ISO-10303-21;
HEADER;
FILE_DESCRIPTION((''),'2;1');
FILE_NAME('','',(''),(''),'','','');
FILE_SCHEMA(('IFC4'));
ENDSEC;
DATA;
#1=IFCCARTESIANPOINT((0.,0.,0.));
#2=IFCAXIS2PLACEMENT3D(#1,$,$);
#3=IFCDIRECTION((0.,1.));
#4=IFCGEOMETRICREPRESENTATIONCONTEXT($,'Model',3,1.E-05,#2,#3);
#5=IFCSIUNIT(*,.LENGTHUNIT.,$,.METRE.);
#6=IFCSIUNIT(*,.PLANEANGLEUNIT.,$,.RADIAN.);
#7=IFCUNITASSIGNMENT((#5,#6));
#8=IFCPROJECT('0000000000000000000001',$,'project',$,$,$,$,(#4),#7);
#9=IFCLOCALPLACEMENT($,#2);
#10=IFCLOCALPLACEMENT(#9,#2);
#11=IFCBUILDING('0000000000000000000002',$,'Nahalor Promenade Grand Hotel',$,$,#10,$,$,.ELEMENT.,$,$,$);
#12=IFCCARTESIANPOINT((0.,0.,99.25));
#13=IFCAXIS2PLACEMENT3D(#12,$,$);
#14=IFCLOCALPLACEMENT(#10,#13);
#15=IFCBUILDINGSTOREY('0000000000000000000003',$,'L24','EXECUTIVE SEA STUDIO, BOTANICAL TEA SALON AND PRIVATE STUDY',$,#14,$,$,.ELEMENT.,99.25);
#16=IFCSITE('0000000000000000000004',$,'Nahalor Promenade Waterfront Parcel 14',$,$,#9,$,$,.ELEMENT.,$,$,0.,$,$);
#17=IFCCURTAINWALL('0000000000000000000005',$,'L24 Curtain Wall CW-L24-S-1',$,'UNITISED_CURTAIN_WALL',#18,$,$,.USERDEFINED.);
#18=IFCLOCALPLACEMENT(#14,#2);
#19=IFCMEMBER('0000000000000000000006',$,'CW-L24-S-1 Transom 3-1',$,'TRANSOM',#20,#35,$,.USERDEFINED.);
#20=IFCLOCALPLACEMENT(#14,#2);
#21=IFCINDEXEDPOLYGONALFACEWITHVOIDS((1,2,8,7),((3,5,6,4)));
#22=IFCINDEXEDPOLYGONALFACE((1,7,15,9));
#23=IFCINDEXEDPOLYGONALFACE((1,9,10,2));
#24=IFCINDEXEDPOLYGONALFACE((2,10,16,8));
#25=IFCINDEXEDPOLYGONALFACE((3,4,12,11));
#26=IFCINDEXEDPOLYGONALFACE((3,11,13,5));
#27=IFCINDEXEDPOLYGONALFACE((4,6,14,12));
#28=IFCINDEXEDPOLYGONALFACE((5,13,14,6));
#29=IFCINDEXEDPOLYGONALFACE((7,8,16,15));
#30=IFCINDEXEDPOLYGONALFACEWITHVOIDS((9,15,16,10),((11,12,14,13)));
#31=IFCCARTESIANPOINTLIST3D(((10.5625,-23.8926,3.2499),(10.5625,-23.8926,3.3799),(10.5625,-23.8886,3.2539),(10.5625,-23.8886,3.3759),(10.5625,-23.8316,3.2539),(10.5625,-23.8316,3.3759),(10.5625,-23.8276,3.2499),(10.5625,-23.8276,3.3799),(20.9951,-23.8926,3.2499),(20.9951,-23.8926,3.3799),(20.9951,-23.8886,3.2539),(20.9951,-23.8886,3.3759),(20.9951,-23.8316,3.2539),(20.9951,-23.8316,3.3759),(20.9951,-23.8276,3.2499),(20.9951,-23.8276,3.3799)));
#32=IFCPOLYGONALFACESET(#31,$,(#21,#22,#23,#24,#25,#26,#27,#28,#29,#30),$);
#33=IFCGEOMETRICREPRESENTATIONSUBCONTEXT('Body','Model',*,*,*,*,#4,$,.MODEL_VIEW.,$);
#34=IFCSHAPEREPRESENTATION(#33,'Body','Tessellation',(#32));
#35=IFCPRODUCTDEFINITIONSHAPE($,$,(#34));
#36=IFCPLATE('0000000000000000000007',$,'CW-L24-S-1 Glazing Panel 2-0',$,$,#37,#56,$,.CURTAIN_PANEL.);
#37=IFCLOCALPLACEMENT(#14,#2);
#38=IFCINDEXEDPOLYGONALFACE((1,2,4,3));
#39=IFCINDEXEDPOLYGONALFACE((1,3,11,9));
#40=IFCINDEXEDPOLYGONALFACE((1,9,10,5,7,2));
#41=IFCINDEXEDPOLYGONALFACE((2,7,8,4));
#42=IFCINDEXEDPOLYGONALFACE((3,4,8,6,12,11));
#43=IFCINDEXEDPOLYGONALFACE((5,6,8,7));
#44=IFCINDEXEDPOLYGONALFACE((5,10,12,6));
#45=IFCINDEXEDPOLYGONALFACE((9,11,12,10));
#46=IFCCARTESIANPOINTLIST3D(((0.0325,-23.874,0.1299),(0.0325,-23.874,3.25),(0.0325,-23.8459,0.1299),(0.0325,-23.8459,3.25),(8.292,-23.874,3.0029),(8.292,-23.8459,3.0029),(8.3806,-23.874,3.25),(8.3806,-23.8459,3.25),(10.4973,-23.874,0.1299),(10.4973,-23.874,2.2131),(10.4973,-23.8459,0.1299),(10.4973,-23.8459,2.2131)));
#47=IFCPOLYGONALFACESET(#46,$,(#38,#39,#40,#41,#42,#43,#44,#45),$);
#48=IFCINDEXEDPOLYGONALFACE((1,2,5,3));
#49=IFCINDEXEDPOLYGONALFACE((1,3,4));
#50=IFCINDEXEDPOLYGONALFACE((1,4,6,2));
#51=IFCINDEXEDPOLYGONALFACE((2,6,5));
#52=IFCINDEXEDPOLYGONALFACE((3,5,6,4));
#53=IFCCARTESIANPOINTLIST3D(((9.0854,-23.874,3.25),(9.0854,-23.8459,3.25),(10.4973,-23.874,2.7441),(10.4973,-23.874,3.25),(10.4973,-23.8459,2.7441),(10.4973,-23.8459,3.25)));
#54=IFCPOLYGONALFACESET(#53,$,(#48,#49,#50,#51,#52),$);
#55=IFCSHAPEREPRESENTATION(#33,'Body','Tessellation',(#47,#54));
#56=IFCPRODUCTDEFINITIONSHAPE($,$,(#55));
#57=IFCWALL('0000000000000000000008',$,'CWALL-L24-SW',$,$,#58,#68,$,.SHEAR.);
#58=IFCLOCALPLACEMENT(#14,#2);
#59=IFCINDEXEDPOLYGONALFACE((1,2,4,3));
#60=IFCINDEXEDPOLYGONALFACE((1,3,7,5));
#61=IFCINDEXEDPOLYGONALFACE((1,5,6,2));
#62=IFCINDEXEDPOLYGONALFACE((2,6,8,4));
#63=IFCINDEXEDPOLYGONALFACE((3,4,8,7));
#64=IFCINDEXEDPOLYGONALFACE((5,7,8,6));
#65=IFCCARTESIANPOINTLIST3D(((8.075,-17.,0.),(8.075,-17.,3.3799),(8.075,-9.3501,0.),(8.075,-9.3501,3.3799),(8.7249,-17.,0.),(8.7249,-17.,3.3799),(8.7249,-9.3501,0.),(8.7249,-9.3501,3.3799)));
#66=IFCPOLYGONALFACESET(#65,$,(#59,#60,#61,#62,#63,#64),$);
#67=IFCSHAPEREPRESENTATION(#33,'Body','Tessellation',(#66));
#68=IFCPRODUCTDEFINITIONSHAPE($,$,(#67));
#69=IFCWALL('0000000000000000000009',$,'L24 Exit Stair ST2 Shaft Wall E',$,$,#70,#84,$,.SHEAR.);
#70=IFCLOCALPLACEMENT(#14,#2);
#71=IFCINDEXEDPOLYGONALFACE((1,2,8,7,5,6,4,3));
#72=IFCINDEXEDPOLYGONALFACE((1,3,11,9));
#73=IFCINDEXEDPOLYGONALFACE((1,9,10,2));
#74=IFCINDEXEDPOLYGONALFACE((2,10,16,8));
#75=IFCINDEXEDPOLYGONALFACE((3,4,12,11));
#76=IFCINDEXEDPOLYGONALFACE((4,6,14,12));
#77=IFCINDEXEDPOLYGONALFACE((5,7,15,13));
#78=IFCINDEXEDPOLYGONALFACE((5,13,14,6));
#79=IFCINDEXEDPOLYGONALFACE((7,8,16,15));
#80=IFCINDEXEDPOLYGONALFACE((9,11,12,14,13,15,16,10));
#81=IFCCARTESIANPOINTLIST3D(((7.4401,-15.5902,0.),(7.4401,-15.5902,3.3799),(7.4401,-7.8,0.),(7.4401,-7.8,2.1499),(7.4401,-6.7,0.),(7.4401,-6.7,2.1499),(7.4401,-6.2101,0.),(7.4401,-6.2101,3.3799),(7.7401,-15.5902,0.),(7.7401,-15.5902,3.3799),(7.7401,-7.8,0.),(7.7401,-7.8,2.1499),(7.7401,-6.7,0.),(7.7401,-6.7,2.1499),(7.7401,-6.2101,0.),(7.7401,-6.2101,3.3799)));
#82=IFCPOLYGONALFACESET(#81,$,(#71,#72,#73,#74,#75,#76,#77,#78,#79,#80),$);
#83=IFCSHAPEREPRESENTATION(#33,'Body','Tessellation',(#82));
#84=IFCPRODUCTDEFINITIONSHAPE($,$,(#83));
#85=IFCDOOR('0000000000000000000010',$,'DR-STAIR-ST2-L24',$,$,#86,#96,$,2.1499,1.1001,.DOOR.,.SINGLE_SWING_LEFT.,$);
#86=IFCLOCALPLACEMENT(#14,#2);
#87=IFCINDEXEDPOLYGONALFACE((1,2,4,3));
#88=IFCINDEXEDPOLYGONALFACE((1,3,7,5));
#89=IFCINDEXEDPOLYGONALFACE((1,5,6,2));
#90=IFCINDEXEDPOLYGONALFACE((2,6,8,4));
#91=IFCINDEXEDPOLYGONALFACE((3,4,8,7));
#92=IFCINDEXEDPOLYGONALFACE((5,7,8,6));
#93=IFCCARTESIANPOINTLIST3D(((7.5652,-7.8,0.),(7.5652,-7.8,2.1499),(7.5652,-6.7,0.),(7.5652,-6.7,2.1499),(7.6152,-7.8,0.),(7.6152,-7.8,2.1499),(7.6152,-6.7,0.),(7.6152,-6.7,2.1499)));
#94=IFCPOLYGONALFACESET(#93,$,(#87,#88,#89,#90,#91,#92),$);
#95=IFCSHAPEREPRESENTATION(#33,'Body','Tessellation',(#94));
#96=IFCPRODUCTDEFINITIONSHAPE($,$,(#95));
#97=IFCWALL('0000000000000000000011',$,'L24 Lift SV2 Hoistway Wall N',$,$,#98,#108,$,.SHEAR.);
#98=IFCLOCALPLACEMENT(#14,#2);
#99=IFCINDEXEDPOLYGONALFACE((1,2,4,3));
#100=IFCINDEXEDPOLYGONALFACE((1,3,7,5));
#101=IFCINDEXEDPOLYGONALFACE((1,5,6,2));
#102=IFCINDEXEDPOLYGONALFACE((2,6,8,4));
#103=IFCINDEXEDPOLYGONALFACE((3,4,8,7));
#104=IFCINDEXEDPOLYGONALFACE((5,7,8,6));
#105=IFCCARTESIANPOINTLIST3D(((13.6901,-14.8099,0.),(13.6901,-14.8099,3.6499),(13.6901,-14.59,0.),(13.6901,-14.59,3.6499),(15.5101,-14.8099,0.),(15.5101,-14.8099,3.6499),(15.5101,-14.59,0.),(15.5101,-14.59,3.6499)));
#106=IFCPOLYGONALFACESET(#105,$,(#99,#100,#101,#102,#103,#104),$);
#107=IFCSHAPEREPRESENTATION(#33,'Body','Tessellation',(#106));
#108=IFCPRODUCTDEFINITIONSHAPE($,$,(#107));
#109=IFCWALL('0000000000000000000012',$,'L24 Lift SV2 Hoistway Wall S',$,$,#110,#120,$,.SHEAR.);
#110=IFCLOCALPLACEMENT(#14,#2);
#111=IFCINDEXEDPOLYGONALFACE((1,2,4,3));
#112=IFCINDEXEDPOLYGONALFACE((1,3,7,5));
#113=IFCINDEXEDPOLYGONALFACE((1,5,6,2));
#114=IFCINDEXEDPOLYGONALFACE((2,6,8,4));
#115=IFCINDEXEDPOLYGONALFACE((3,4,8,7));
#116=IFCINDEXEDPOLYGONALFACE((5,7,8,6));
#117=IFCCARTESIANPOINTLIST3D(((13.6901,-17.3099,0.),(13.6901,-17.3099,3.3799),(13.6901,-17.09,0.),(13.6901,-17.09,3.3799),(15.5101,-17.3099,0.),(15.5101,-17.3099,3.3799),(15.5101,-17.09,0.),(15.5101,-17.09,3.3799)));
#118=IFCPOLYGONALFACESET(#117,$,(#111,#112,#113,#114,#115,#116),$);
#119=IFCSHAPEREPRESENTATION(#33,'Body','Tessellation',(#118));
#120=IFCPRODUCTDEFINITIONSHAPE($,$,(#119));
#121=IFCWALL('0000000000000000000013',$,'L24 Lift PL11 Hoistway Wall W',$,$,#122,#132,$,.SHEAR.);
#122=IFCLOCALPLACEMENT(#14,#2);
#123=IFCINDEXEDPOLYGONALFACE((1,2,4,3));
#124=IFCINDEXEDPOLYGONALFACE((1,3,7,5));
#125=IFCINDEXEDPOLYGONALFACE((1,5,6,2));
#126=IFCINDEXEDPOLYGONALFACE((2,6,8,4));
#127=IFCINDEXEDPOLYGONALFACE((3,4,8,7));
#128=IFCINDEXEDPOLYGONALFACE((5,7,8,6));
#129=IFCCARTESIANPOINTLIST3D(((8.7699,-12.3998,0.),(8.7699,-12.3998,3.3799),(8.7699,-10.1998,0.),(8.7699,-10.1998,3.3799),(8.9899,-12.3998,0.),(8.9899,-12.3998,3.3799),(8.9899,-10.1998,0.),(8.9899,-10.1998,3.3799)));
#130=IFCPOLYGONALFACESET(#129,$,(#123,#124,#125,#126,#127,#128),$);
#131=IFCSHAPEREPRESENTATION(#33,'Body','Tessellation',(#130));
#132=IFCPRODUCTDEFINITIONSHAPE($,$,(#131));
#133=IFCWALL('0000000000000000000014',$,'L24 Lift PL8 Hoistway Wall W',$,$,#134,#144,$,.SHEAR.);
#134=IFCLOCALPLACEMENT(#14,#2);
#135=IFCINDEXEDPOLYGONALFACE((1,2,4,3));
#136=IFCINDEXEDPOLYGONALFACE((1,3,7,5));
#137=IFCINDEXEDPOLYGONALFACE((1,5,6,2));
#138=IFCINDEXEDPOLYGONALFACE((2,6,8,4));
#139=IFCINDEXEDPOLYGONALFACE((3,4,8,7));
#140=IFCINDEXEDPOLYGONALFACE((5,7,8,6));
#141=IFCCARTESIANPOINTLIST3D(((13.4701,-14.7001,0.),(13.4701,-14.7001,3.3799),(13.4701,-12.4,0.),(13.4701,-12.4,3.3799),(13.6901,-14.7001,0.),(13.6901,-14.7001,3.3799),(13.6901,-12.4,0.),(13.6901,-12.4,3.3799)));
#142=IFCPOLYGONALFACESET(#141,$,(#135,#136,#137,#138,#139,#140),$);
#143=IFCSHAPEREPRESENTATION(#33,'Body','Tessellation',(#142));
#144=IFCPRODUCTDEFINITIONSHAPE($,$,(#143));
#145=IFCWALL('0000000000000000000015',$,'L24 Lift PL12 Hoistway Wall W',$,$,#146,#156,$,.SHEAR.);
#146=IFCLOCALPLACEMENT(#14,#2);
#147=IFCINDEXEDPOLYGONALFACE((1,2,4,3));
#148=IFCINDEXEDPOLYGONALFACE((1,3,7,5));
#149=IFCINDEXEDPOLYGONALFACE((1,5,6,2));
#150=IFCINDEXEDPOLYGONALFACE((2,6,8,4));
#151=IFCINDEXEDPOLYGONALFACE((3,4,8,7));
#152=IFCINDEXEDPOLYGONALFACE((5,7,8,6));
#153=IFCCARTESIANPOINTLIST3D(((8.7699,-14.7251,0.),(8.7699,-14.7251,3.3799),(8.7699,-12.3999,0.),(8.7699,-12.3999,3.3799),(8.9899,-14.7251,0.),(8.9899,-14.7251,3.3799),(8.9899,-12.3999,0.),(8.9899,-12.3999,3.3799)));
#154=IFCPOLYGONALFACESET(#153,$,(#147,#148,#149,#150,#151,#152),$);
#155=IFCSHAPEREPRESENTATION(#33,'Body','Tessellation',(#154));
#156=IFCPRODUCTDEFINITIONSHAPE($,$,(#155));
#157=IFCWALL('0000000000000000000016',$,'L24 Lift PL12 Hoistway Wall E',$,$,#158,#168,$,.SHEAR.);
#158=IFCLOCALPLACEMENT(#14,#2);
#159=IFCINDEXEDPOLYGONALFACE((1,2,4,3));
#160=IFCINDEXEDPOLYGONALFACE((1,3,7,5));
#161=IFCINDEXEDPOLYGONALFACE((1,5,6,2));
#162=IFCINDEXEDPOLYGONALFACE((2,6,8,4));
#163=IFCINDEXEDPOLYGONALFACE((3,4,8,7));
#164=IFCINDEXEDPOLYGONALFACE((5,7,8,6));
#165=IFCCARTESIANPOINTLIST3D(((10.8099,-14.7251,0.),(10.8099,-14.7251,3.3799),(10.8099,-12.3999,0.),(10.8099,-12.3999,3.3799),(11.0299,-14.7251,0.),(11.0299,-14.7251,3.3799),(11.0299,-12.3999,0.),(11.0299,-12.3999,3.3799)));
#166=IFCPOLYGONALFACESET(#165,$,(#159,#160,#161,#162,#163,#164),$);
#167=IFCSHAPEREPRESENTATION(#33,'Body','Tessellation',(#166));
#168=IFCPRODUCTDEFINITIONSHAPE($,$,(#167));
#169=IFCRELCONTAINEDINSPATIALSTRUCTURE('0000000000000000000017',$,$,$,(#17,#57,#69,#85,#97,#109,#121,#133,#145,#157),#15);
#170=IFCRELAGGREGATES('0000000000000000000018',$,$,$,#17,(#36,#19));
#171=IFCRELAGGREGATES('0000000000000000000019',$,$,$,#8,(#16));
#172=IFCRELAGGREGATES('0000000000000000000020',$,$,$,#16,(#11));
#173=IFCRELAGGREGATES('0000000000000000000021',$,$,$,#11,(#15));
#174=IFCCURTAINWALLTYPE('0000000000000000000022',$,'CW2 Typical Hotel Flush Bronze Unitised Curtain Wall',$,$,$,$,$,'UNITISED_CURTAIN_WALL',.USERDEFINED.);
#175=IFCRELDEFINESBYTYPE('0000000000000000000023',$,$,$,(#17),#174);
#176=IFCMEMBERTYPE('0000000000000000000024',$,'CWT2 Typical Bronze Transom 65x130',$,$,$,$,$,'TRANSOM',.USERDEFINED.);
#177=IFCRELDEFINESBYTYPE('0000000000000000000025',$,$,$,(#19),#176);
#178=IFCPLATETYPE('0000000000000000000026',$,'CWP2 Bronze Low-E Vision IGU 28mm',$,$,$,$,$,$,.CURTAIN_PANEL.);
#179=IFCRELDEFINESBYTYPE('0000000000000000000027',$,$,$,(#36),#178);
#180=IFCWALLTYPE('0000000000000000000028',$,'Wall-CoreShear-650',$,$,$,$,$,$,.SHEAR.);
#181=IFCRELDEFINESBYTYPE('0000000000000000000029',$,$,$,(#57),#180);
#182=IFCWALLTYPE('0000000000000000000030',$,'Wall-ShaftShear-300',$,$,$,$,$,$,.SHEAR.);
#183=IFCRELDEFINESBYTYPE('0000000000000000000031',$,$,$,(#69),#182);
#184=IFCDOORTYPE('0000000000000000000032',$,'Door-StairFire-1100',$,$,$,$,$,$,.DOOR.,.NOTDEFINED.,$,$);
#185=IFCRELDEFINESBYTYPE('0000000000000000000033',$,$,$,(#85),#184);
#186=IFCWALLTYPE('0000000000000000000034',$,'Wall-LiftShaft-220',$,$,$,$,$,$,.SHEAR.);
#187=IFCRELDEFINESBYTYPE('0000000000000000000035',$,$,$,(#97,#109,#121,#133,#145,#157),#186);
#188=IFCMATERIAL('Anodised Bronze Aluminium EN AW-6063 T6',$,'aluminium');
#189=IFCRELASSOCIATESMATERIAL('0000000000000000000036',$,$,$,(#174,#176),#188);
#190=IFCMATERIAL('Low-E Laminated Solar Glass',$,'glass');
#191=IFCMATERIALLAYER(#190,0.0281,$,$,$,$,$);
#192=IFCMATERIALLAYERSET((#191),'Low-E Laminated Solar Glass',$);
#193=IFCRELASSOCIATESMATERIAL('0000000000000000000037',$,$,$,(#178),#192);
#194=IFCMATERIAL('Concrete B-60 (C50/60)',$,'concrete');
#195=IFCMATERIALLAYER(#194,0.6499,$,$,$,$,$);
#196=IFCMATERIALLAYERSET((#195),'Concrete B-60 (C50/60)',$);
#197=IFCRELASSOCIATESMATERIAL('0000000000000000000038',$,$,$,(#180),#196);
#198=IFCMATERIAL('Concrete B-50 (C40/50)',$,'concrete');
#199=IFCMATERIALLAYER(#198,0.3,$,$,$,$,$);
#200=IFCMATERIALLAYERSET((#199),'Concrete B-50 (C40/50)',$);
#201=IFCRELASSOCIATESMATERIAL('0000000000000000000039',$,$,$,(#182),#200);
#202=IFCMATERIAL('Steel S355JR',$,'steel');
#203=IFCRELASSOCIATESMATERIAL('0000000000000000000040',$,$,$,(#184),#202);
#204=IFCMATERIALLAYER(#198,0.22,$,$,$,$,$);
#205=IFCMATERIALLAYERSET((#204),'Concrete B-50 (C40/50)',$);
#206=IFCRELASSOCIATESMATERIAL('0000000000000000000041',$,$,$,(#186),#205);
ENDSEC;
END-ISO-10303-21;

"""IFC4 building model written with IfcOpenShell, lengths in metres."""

from ifc_helpers import new_model, si_unit, direction, frame, frame_2d, origin, origin_2d, place, context, subcontext, project, spatial, polyline, rectangle, hollow_rectangle, outline, extrude, source, transform, mapped, material, layer, layer_set, material_profile, profile_set, type_object, element, fill, aggregate, save


model = new_model("IFC4")

# Units and contexts
model_context = context("Model", 3, precision=1e-05, world=origin(), true_north=direction((0.0, 1.0)))
body_context = subcontext(model_context, "Body", "Model", "MODEL_VIEW")
ifc_project = project(units=[si_unit("LENGTHUNIT", "METRE"), si_unit("PLANEANGLEUNIT", "RADIAN")], contexts=[model_context])

# Site, building, storey
site_placement = place(None, origin())
site = spatial("IfcSite", under=ifc_project, at=site_placement, Name="Nahalor Promenade Waterfront Parcel 14", CompositionType="ELEMENT", RefElevation=0.0)
building_placement = place(site_placement, origin())
building = spatial("IfcBuilding", under=site, at=building_placement, Name="Nahalor Promenade Grand Hotel", CompositionType="ELEMENT")
storey_placement = place(building_placement, frame((0.0, 0.0, 99.25)))
storey = spatial("IfcBuildingStorey", under=building, at=storey_placement, Name="L24", Description="EXECUTIVE SEA STUDIO, BOTANICAL TEA SALON AND PRIVATE STUDY", CompositionType="ELEMENT", Elevation=99.25)

# Shared definitions
ifc_material_1 = material(Name="Concrete B-60 (C50/60)", Category="concrete")

# Shared definitions
ifc_material_2 = material(Name="Steel S355JR", Category="steel")

# Curtain wall, member, plate
ifc_material_3 = material(Name="Anodised Bronze Aluminium EN AW-6063 T6", Category="aluminium")
curtain_wall_type = type_object("IfcCurtainWallType", Name="CW2 Typical Hotel Flush Bronze Unitised Curtain Wall", ElementType="UNITISED_CURTAIN_WALL", PredefinedType="USERDEFINED", material=ifc_material_3)
curtain_wall_placement = place(storey_placement, origin())
curtain_wall = element("IfcCurtainWall", 1, at=curtain_wall_placement, inside=storey, type_object=curtain_wall_type, Name="L24 Curtain Wall CW-L24-S-1", ObjectType="UNITISED_CURTAIN_WALL", PredefinedType="USERDEFINED")
ifc_material_profile_1 = material_profile(ifc_material_3, hollow_rectangle(XDim=0.065, YDim=0.13, WallThickness=0.004, at=origin_2d()), Name="CWT 65x130x4")
ifc_profile_set_1 = profile_set([ifc_material_profile_1], Name="Anodised Bronze Aluminium EN AW-6063 T6")
member_type_1 = type_object("IfcMemberType", Name="CWT2 Typical Bronze Transom 65x130", ElementType="TRANSOM", PredefinedType="USERDEFINED", material=ifc_profile_set_1)
shared_shape_1 = source(origin(), body_context, "Body", "SweptSolid", [
    extrude(hollow_rectangle(XDim=0.065, YDim=0.13, WallThickness=0.004, at=origin_2d()), origin(), (0.0, 0.0, 1.0), 10.4326),
])
member_1_placement = place(storey_placement, frame((10.5625, -23.8601, 3.3149), z_axis=(1.0, 0.0, 0.0), x_axis=(0.0, 1.0, 0.0)))
member_1 = element("IfcMember", 2, at=member_1_placement, type_object=member_type_1, Name="CW-L24-S-1 Transom 3-1", ObjectType="TRANSOM", PredefinedType="USERDEFINED", context=body_context, shape_type="MappedRepresentation", body=[
    mapped(shared_shape_1, transform((0.0, 0.0, 0.0), scale=1.0)),
])
ifc_material_4 = material(Name="Low-E Laminated Solar Glass", Category="glass")
ifc_layer_1 = layer(ifc_material_4, 0.0281)
ifc_layer_set_1 = layer_set([ifc_layer_1], Name="Low-E Laminated Solar Glass")
plate_type = type_object("IfcPlateType", Name="CWP2 Bronze Low-E Vision IGU 28mm", PredefinedType="CURTAIN_PANEL", material=ifc_layer_set_1)
plate_placement = place(storey_placement, frame((5.2649, -23.8601, 0.1299), z_axis=(0.0, 0.0, 1.0), x_axis=(1.0, 0.0, 0.0)))
plate = element("IfcPlate", 3, at=plate_placement, type_object=plate_type, Name="CW-L24-S-1 Glazing Panel 2-0", PredefinedType="CURTAIN_PANEL", context=body_context, shape_type="SweptSolid", body=[
    extrude(outline(polyline([(-5.2324, 0.0), (5.2324, 0.0), (5.2324, 2.0833), (3.0271, 2.873), (3.1157, 3.1201), (-5.2324, 3.1201), (-5.2324, 0.0)])), frame((0.0, 0.0142, 0.0), z_axis=(0.0, -1.0, 0.0), x_axis=(1.0, 0.0, 0.0)), (0.0, 0.0, 1.0), 0.0281),
    extrude(outline(polyline([(5.2324, 2.6143), (5.2324, 3.1201), (3.8206, 3.1201), (5.2324, 2.6143)])), frame((0.0, 0.0142, 0.0), z_axis=(0.0, -1.0, 0.0), x_axis=(1.0, 0.0, 0.0)), (0.0, 0.0, 1.0), 0.0281),
])
aggregate(curtain_wall, [plate, member_1])

# Wall
ifc_layer_2 = layer(ifc_material_1, 0.6499)
ifc_layer_set_2 = layer_set([ifc_layer_2], Name="Concrete B-60 (C50/60)")
wall_type_1 = type_object("IfcWallType", Name="Wall-CoreShear-650", PredefinedType="SHEAR", material=ifc_layer_set_2)
shared_shape_2 = source(origin(), body_context, "Body", "SweptSolid", [
    extrude(rectangle(XDim=7.6499, YDim=0.6499, at=frame_2d((3.825, 0.0))), origin(), (0.0, 0.0, 1.0), 3.3799),
])
wall_1_placement = place(storey_placement, frame((8.3999, -17.0, 0.0), z_axis=(0.0, 0.0, 1.0), x_axis=(0.0, 1.0, 0.0)))
element("IfcWall", 4, at=wall_1_placement, inside=storey, type_object=wall_type_1, Name="CWALL-L24-SW", PredefinedType="SHEAR", context=body_context, shape_type="MappedRepresentation", body=[
    mapped(shared_shape_2, transform((0.0, 0.0, 0.0), scale=1.0)),
])

# Wall, opening, door
ifc_material_5 = material(Name="Concrete B-50 (C40/50)", Category="concrete")
ifc_layer_3 = layer(ifc_material_5, 0.3)
ifc_layer_set_3 = layer_set([ifc_layer_3], Name="Concrete B-50 (C40/50)")
wall_type_2 = type_object("IfcWallType", Name="Wall-ShaftShear-300", PredefinedType="SHEAR", material=ifc_layer_set_3)
shared_shape_3 = source(origin(), body_context, "Body", "SweptSolid", [
    extrude(rectangle(XDim=9.3801, YDim=0.3, at=frame_2d((4.6899, 0.0))), origin(), (0.0, 0.0, 1.0), 3.3799),
])
wall_2_placement = place(storey_placement, frame((7.5901, -15.5901, 0.0), z_axis=(0.0, 0.0, 1.0), x_axis=(0.0, 1.0, 0.0)))
wall_2 = element("IfcWall", 5, at=wall_2_placement, inside=storey, type_object=wall_type_2, Name="L24 Exit Stair ST2 Shaft Wall E", PredefinedType="SHEAR", context=body_context, shape_type="MappedRepresentation", body=[
    mapped(shared_shape_3, transform((0.0, 0.0, 0.0), scale=1.0)),
])
opening_1_placement = place(wall_2_placement, frame((7.79, 0.0, 0.0)))
opening_1 = element("IfcOpeningElement", 6, at=opening_1_placement, cuts=wall_2, PredefinedType="OPENING", context=body_context, shape_type="SweptSolid", body=[
    extrude(rectangle(XDim=1.1001, YDim=2.1499, at=frame_2d((0.55, 1.075))), frame((0.0, 0.1599, 0.0), z_axis=(0.0, -1.0, 0.0), x_axis=(1.0, 0.0, 0.0)), (0.0, 0.0, 1.0), 0.3201),
])
door_type_1 = type_object("IfcDoorType", Name="Door-StairFire-1100", OperationType="NOTDEFINED", PredefinedType="DOOR", material=ifc_material_2)
shared_shape_4 = source(origin(), body_context, "Body", "SweptSolid", [
    extrude(rectangle(XDim=1.1001, YDim=2.1499, at=frame_2d((0.55, 1.075))), frame((0.0, 0.0249, 0.0), z_axis=(0.0, -1.0, 0.0), x_axis=(1.0, 0.0, 0.0)), (0.0, 0.0, 1.0), 0.05),
])
door_1_placement = place(opening_1_placement, origin())
door_1 = element("IfcDoor", 7, at=door_1_placement, inside=storey, type_object=door_type_1, Name="DR-STAIR-ST2-L24", OperationType="SINGLE_SWING_LEFT", OverallHeight=2.1499, OverallWidth=1.1001, PredefinedType="DOOR", context=body_context, shape_type="MappedRepresentation", body=[
    mapped(shared_shape_4, transform((0.0, 0.0, 0.0), scale=1.0)),
])
fill(opening_1, door_1)

# Walls
ifc_layer_4 = layer(ifc_material_5, 0.22)
ifc_layer_set_4 = layer_set([ifc_layer_4], Name="Concrete B-50 (C40/50)")
wall_type_3 = type_object("IfcWallType", Name="Wall-LiftShaft-220", PredefinedType="SHEAR", material=ifc_layer_set_4)
shared_shape_5 = source(origin(), body_context, "Body", "SweptSolid", [
    extrude(rectangle(XDim=1.8201, YDim=0.22, at=frame_2d((0.9102, 0.0))), origin(), (0.0, 0.0, 1.0), 3.6499),
])
wall_3_placement = place(storey_placement, frame((13.6899, -14.7, 0.0), z_axis=(0.0, 0.0, 1.0), x_axis=(1.0, 0.0, 0.0)))
element("IfcWall", 8, at=wall_3_placement, inside=storey, type_object=wall_type_3, Name="L24 Lift SV2 Hoistway Wall N", PredefinedType="SHEAR", context=body_context, shape_type="MappedRepresentation", body=[
    mapped(shared_shape_5, transform((0.0, 0.0, 0.0), scale=1.0)),
])
shared_shape_6 = source(origin(), body_context, "Body", "SweptSolid", [
    extrude(rectangle(XDim=1.8201, YDim=0.22, at=frame_2d((0.9102, 0.0))), origin(), (0.0, 0.0, 1.0), 3.3799),
])
wall_4_placement = place(storey_placement, frame((13.6899, -17.2, 0.0), z_axis=(0.0, 0.0, 1.0), x_axis=(1.0, 0.0, 0.0)))
element("IfcWall", 9, at=wall_4_placement, inside=storey, type_object=wall_type_3, Name="L24 Lift SV2 Hoistway Wall S", PredefinedType="SHEAR", context=body_context, shape_type="MappedRepresentation", body=[
    mapped(shared_shape_6, transform((0.0, 0.0, 0.0), scale=1.0)),
])
shared_shape_7 = source(origin(), body_context, "Body", "SweptSolid", [
    extrude(rectangle(XDim=2.2, YDim=0.22, at=frame_2d((1.1001, 0.0))), origin(), (0.0, 0.0, 1.0), 3.3799),
])
wall_5_placement = place(storey_placement, frame((8.8799, -12.3999, 0.0), z_axis=(0.0, 0.0, 1.0), x_axis=(0.0, 1.0, 0.0)))
element("IfcWall", 10, at=wall_5_placement, inside=storey, type_object=wall_type_3, Name="L24 Lift PL11 Hoistway Wall W", PredefinedType="SHEAR", context=body_context, shape_type="MappedRepresentation", body=[
    mapped(shared_shape_7, transform((0.0, 0.0, 0.0), scale=1.0)),
])
shared_shape_8 = source(origin(), body_context, "Body", "SweptSolid", [
    extrude(rectangle(XDim=2.3, YDim=0.22, at=frame_2d((1.1499, 0.0))), origin(), (0.0, 0.0, 1.0), 3.3799),
])
wall_6_placement = place(storey_placement, frame((13.5801, -14.7, 0.0), z_axis=(0.0, 0.0, 1.0), x_axis=(0.0, 1.0, 0.0)))
element("IfcWall", 11, at=wall_6_placement, inside=storey, type_object=wall_type_3, Name="L24 Lift PL8 Hoistway Wall W", PredefinedType="SHEAR", context=body_context, shape_type="MappedRepresentation", body=[
    mapped(shared_shape_8, transform((0.0, 0.0, 0.0), scale=1.0)),
])
shared_shape_9 = source(origin(), body_context, "Body", "SweptSolid", [
    extrude(rectangle(XDim=2.3252, YDim=0.22, at=frame_2d((1.1626, 0.0))), origin(), (0.0, 0.0, 1.0), 3.3799),
])
for number, where, z_axis, x_axis, name in (
    (12, (8.8799, -14.7251, 0.0), (0.0, 0.0, 1.0), (0.0, 1.0, 0.0), "L24 Lift PL12 Hoistway Wall W"),
    (13, (10.9199, -14.7251, 0.0), (0.0, 0.0, 1.0), (0.0, 1.0, 0.0), "L24 Lift PL12 Hoistway Wall E"),
):
    element("IfcWall", number, at=place(storey_placement, frame(where, z_axis=z_axis, x_axis=x_axis)), inside=storey, type_object=wall_type_3, Name=name, PredefinedType="SHEAR", context=body_context, shape_type="MappedRepresentation", body=[
        mapped(shared_shape_9, transform((0.0, 0.0, 0.0), scale=1.0)),
    ])

save(model, "model.ifc")
